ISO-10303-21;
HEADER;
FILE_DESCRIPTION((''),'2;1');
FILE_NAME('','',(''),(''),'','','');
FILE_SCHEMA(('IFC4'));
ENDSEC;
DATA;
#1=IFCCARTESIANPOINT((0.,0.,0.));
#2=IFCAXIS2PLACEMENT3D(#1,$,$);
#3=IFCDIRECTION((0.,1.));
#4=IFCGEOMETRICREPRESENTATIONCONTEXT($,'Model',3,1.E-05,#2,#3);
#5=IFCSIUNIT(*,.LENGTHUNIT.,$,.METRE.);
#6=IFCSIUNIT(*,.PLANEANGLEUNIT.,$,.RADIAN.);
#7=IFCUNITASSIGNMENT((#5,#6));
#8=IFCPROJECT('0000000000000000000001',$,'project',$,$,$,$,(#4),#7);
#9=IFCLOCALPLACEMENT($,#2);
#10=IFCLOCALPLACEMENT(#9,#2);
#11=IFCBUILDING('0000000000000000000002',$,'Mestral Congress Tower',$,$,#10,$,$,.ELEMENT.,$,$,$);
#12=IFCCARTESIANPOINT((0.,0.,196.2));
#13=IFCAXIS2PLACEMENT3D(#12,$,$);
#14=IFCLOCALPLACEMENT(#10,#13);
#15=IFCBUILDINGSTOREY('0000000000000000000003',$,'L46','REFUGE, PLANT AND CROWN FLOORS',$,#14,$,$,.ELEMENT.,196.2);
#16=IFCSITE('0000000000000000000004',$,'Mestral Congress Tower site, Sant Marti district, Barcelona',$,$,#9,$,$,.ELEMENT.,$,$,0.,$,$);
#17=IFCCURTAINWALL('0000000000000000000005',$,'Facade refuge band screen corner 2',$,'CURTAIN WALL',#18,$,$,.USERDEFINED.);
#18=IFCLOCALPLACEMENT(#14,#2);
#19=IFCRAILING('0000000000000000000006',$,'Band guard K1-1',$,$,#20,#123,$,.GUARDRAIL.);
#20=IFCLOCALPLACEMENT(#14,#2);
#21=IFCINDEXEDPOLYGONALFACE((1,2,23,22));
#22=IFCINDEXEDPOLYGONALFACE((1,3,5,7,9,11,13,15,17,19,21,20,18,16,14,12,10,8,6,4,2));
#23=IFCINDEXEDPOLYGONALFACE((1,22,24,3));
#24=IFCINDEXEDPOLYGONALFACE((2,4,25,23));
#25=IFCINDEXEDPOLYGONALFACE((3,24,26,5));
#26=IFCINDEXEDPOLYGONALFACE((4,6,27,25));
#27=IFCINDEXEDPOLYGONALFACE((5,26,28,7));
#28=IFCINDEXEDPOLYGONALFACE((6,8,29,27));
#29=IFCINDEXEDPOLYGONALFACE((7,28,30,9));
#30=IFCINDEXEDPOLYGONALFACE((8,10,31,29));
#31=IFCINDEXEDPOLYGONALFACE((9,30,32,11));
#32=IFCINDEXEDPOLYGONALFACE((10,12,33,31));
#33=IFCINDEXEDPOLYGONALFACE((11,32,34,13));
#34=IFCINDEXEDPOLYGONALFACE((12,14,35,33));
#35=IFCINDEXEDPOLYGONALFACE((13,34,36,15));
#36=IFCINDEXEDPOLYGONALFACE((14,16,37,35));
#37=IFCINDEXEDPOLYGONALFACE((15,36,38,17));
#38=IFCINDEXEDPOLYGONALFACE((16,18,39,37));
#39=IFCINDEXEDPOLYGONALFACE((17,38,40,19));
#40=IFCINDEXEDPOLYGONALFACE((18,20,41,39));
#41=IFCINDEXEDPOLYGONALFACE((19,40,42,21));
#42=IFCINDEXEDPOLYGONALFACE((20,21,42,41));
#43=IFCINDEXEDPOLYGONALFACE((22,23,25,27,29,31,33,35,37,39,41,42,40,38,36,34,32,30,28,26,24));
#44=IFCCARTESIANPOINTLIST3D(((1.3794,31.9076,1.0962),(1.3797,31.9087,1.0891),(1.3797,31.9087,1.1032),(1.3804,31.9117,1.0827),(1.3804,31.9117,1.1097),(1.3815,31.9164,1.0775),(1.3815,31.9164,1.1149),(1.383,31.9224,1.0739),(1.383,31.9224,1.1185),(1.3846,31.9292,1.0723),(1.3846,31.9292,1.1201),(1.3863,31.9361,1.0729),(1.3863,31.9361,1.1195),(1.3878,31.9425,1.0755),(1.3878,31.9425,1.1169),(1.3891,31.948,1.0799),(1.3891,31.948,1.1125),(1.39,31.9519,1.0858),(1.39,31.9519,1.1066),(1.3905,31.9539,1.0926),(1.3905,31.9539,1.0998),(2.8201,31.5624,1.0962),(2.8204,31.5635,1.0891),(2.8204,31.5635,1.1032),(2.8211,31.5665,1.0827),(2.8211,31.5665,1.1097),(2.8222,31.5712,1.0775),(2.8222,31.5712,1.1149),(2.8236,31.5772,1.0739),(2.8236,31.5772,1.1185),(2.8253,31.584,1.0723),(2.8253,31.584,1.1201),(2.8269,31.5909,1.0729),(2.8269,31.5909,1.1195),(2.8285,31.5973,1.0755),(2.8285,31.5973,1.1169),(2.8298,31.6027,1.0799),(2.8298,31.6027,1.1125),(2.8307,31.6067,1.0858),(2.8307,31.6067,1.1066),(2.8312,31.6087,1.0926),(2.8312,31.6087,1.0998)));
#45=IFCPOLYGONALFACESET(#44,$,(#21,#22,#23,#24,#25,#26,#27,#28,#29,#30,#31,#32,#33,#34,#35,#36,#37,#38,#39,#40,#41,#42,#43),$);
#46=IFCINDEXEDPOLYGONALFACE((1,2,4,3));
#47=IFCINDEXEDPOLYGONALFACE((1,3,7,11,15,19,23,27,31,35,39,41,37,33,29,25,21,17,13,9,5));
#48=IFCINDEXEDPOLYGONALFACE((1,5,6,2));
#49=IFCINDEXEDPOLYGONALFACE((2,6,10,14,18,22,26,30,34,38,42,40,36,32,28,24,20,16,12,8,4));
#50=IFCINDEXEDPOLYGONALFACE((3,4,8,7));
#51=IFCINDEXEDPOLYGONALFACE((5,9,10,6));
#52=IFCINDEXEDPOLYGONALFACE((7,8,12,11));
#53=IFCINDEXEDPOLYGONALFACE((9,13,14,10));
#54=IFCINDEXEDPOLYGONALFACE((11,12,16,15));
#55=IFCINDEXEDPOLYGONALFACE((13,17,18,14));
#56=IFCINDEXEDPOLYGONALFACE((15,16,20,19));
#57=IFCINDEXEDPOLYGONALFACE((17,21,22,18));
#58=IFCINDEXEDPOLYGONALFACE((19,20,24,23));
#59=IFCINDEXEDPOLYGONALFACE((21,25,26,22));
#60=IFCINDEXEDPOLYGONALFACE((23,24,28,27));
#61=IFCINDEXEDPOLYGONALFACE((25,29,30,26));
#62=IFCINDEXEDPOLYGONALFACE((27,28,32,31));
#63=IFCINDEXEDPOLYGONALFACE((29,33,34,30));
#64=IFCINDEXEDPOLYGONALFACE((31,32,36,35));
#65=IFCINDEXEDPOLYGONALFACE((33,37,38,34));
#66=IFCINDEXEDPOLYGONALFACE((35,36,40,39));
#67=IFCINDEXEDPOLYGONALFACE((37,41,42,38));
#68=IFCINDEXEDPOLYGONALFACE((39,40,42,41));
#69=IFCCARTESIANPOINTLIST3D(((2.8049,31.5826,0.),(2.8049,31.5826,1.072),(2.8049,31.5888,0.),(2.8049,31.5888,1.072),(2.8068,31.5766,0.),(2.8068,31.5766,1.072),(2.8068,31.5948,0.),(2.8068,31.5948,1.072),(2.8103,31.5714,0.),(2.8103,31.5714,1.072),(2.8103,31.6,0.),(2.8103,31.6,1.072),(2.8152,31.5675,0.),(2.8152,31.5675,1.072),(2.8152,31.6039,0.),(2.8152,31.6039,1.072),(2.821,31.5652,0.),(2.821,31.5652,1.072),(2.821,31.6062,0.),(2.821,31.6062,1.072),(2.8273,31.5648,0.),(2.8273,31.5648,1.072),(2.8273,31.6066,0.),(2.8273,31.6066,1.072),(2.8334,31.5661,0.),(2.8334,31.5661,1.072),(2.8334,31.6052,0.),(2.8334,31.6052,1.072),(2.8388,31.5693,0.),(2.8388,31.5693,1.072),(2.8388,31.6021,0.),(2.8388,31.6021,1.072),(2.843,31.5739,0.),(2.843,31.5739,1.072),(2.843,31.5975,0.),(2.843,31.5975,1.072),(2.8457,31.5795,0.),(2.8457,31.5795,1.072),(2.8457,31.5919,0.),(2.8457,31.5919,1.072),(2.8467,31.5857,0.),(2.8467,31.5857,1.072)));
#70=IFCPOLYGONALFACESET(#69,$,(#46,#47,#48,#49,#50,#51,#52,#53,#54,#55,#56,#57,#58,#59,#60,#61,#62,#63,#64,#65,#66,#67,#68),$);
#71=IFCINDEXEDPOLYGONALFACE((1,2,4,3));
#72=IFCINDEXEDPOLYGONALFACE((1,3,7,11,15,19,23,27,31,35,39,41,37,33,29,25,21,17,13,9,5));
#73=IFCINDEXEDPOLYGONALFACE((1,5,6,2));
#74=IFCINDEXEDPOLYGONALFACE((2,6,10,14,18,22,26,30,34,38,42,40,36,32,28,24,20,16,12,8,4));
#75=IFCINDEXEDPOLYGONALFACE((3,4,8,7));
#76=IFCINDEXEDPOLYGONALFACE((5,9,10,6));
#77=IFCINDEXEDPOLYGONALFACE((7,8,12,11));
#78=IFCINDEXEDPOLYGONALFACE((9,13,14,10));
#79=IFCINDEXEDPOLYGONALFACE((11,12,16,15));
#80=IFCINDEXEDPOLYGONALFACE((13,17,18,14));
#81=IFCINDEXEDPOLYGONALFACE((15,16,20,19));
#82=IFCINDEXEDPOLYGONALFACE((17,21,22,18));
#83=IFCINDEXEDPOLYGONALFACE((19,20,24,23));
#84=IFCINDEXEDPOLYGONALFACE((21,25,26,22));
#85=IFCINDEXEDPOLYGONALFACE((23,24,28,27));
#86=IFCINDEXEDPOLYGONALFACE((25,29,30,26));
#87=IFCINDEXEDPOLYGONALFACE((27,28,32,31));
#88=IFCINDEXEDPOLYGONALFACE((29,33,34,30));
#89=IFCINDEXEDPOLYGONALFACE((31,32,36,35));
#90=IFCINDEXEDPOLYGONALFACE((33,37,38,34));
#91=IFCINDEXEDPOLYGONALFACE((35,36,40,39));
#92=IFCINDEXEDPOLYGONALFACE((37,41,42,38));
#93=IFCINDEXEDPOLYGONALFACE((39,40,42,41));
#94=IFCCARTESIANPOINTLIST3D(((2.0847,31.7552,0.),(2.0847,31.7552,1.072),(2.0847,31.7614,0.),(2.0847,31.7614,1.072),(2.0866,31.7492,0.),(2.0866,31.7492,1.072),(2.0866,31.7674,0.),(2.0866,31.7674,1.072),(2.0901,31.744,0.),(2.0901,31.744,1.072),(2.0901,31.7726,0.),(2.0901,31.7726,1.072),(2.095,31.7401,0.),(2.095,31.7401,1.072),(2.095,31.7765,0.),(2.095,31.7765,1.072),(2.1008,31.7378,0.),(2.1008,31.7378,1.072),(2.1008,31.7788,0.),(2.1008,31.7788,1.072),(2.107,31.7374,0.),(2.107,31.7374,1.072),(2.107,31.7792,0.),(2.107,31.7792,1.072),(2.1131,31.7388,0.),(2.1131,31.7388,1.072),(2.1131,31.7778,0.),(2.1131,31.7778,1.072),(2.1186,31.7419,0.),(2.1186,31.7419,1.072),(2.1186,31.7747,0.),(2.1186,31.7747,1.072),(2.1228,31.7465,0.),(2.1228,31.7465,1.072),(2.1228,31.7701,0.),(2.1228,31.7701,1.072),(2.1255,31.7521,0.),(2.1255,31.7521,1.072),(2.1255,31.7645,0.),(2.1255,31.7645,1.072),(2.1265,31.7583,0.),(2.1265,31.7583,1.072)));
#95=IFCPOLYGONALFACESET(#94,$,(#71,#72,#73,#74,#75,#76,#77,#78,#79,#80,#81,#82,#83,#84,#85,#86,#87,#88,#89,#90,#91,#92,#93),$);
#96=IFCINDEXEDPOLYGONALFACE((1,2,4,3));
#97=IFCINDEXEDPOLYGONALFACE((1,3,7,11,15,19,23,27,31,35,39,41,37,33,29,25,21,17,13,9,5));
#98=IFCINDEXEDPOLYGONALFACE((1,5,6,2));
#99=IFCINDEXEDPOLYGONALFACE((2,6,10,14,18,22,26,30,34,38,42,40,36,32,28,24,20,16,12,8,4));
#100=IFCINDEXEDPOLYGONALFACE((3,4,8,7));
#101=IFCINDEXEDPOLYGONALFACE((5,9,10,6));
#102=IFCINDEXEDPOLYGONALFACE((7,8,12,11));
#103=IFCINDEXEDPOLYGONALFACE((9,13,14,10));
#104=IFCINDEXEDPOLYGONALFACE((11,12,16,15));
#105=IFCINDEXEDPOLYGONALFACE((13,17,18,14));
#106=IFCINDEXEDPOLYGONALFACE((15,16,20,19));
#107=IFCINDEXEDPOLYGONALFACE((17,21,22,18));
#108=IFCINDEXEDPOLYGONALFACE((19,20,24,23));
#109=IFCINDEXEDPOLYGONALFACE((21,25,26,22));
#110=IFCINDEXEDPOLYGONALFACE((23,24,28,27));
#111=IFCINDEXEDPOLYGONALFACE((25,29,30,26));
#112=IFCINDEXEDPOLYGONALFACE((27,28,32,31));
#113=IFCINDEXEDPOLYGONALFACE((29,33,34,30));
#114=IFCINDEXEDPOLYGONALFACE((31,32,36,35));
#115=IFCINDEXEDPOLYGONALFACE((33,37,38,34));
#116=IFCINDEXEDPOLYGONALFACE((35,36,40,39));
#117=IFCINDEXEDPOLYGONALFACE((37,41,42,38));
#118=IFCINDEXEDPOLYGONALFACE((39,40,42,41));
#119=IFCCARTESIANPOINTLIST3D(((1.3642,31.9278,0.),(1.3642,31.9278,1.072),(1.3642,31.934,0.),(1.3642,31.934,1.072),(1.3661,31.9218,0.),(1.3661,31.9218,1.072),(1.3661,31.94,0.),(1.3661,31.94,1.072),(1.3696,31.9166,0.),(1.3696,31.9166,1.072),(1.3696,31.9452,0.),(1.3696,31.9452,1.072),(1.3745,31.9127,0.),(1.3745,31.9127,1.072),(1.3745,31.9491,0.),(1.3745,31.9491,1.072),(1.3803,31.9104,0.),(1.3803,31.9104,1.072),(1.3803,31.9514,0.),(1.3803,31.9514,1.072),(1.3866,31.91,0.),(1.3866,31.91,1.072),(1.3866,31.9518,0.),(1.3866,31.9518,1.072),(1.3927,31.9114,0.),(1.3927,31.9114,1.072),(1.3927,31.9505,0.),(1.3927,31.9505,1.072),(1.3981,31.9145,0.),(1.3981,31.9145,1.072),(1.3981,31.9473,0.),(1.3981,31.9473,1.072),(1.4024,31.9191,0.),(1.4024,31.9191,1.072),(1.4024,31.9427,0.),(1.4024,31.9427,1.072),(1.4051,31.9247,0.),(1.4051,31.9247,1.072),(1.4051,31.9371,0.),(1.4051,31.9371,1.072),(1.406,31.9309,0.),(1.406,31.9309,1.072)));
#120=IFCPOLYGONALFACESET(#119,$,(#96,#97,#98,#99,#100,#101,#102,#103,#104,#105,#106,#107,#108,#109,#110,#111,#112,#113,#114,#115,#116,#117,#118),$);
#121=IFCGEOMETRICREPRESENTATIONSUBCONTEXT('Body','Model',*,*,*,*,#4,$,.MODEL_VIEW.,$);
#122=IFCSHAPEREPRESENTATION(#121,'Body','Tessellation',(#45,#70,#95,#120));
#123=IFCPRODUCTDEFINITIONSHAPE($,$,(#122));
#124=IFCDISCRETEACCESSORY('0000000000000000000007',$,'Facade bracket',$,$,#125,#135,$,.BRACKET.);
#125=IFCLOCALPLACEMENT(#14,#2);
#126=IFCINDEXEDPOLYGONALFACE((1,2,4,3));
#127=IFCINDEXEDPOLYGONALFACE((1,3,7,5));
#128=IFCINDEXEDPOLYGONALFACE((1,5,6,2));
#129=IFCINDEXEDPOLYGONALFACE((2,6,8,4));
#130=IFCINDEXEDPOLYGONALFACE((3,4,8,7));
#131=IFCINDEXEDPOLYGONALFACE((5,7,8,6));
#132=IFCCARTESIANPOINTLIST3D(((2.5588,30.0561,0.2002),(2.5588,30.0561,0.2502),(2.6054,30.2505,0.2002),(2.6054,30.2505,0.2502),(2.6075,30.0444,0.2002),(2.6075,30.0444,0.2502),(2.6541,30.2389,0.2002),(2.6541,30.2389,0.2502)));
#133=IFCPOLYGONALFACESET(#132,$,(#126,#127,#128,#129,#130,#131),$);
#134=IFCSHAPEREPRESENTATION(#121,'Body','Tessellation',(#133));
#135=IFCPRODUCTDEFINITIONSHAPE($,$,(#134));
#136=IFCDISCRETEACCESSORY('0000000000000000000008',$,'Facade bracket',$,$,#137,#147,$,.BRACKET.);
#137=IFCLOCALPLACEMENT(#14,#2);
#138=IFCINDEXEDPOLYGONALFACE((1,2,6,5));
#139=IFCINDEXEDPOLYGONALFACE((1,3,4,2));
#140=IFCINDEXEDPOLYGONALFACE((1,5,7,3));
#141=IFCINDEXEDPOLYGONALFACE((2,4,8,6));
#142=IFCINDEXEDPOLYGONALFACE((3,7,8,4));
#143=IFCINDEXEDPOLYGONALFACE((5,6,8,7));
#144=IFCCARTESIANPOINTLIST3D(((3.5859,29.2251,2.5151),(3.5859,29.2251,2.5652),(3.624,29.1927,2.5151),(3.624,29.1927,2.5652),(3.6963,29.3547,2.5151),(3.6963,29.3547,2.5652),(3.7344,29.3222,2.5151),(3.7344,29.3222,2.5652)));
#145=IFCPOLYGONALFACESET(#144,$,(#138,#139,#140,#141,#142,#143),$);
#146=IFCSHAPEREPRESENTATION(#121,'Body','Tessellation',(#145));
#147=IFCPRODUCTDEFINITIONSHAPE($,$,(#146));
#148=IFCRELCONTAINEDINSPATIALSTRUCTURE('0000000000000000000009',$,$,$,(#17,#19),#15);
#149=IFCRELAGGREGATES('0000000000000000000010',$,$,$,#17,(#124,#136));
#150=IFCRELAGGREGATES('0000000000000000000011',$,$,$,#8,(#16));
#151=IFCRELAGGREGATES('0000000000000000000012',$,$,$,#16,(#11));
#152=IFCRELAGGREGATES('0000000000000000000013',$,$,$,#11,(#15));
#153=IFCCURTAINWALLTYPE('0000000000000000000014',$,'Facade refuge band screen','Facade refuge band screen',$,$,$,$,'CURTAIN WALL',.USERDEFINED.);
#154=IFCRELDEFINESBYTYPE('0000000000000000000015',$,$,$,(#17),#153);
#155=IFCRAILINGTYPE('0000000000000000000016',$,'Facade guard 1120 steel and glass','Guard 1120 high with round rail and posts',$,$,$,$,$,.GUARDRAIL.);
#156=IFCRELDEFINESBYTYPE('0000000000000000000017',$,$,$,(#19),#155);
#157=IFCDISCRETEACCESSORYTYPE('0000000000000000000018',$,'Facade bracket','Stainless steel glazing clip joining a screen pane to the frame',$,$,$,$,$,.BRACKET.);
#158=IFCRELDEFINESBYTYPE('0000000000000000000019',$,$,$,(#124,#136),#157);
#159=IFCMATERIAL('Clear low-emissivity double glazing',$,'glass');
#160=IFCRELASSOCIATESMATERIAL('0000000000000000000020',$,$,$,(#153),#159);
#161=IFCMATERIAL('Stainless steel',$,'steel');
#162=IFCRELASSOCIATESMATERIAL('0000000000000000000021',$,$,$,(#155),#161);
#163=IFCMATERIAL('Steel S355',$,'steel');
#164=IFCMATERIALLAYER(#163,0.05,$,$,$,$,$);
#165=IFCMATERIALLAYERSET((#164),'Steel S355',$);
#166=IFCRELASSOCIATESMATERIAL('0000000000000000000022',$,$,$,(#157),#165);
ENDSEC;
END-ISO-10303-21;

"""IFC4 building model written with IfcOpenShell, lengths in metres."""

from ifc_helpers import new_model, si_unit, direction, frame, origin, origin_2d, place, context, subcontext, project, spatial, rectangle, circle, extrude, material, layer, layer_set, type_object, element, aggregate, save


model = new_model("IFC4")

# Units and contexts
model_context = context("Model", 3, precision=1e-05, world=origin(), true_north=direction((0.0, 1.0)))
body_context = subcontext(model_context, "Body", "Model", "MODEL_VIEW")
ifc_project = project(units=[si_unit("LENGTHUNIT", "METRE"), si_unit("PLANEANGLEUNIT", "RADIAN")], contexts=[model_context])

# Site, building, storey
site_placement = place(None, origin())
site = spatial("IfcSite", under=ifc_project, at=site_placement, Name="Mestral Congress Tower site, Sant Marti district, Barcelona", CompositionType="ELEMENT", RefElevation=0.0)
building_placement = place(site_placement, origin())
building = spatial("IfcBuilding", under=site, at=building_placement, Name="Mestral Congress Tower", CompositionType="ELEMENT")
storey_placement = place(building_placement, frame((0.0, 0.0, 196.2)))
storey = spatial("IfcBuildingStorey", under=building, at=storey_placement, Name="L46", Description="REFUGE, PLANT AND CROWN FLOORS", CompositionType="ELEMENT", Elevation=196.2)

# Shared definitions
ifc_material_1 = material(Name="Steel S355", Category="steel")

# Curtain wall
ifc_material_2 = material(Name="Clear low-emissivity double glazing", Category="glass")
curtain_wall_type = type_object("IfcCurtainWallType", Name="Facade refuge band screen", Description="Facade refuge band screen", ElementType="CURTAIN WALL", PredefinedType="USERDEFINED", material=ifc_material_2)
placement = place(storey_placement, origin())
curtain_wall_1 = element("IfcCurtainWall", 1, at=placement, inside=storey, type_object=curtain_wall_type, Name="Facade refuge band screen corner 2", ObjectType="CURTAIN WALL", PredefinedType="USERDEFINED")

# Railing
ifc_material_3 = material(Name="Stainless steel", Category="steel")
railing_type = type_object("IfcRailingType", Name="Facade guard 1120 steel and glass", Description="Guard 1120 high with round rail and posts", PredefinedType="GUARDRAIL", material=ifc_material_3)
railing_placement = place(storey_placement, frame((2.8257, 31.5857, 0.0)))
element("IfcRailing", 2, at=railing_placement, inside=storey, type_object=railing_type, Name="Band guard K1-1", PredefinedType="GUARDRAIL", context=body_context, shape_type="SweptSolid", body=[
    extrude(circle(Radius=0.0239, at=origin_2d()), frame((0.0, 0.0, 1.0962), z_axis=(-0.972471, 0.233024, 0.0), x_axis=(-0.233024, -0.972471, 0.0)), (0.0, 0.0, 1.0), 1.4814),
    extrude(circle(Radius=0.021, at=origin_2d()), origin(), (0.0, 0.0, 1.0), 1.072),
    extrude(circle(Radius=0.021, at=origin_2d()), frame((-0.7202, 0.1726, 0.0)), (0.0, 0.0, 1.0), 1.072),
    extrude(circle(Radius=0.021, at=origin_2d()), frame((-1.4407, 0.3452, 0.0)), (0.0, 0.0, 1.0), 1.072),
])

# Discrete accessories
ifc_layer_1 = layer(ifc_material_1, 0.05)
ifc_layer_set_1 = layer_set([ifc_layer_1], Name="Steel S355")
discrete_accessory_type = type_object("IfcDiscreteAccessoryType", Name="Facade bracket", Description="Stainless steel glazing clip joining a screen pane to the frame", PredefinedType="BRACKET", material=ifc_layer_set_1)
discrete_accessory_1_placement = place(storey_placement, frame((2.6064, 30.1475, 0.2002), z_axis=(0.0, 0.0, 1.0), x_axis=(-0.9725, 0.232904, 0.0)))
discrete_accessory_1 = element("IfcDiscreteAccessory", 3, at=discrete_accessory_1_placement, type_object=discrete_accessory_type, Name="Facade bracket", PredefinedType="BRACKET", context=body_context, shape_type="SweptSolid", body=[
    extrude(rectangle(XDim=0.05, YDim=0.2, at=origin_2d()), origin(), (0.0, 0.0, 1.0), 0.05),
])
discrete_accessory_2_placement = place(storey_placement, frame((3.6602, 29.2737, 2.5151), z_axis=(0.0, 0.0, 1.0), x_axis=(-0.761289, 0.648412, 0.0)))
discrete_accessory_2 = element("IfcDiscreteAccessory", 4, at=discrete_accessory_2_placement, type_object=discrete_accessory_type, Name="Facade bracket", PredefinedType="BRACKET", context=body_context, shape_type="SweptSolid", body=[
    extrude(rectangle(XDim=0.05, YDim=0.1702, at=origin_2d()), origin(), (0.0, 0.0, 1.0), 0.05),
])
aggregate(curtain_wall_1, [discrete_accessory_1, discrete_accessory_2])

save(model, "model.ifc")
